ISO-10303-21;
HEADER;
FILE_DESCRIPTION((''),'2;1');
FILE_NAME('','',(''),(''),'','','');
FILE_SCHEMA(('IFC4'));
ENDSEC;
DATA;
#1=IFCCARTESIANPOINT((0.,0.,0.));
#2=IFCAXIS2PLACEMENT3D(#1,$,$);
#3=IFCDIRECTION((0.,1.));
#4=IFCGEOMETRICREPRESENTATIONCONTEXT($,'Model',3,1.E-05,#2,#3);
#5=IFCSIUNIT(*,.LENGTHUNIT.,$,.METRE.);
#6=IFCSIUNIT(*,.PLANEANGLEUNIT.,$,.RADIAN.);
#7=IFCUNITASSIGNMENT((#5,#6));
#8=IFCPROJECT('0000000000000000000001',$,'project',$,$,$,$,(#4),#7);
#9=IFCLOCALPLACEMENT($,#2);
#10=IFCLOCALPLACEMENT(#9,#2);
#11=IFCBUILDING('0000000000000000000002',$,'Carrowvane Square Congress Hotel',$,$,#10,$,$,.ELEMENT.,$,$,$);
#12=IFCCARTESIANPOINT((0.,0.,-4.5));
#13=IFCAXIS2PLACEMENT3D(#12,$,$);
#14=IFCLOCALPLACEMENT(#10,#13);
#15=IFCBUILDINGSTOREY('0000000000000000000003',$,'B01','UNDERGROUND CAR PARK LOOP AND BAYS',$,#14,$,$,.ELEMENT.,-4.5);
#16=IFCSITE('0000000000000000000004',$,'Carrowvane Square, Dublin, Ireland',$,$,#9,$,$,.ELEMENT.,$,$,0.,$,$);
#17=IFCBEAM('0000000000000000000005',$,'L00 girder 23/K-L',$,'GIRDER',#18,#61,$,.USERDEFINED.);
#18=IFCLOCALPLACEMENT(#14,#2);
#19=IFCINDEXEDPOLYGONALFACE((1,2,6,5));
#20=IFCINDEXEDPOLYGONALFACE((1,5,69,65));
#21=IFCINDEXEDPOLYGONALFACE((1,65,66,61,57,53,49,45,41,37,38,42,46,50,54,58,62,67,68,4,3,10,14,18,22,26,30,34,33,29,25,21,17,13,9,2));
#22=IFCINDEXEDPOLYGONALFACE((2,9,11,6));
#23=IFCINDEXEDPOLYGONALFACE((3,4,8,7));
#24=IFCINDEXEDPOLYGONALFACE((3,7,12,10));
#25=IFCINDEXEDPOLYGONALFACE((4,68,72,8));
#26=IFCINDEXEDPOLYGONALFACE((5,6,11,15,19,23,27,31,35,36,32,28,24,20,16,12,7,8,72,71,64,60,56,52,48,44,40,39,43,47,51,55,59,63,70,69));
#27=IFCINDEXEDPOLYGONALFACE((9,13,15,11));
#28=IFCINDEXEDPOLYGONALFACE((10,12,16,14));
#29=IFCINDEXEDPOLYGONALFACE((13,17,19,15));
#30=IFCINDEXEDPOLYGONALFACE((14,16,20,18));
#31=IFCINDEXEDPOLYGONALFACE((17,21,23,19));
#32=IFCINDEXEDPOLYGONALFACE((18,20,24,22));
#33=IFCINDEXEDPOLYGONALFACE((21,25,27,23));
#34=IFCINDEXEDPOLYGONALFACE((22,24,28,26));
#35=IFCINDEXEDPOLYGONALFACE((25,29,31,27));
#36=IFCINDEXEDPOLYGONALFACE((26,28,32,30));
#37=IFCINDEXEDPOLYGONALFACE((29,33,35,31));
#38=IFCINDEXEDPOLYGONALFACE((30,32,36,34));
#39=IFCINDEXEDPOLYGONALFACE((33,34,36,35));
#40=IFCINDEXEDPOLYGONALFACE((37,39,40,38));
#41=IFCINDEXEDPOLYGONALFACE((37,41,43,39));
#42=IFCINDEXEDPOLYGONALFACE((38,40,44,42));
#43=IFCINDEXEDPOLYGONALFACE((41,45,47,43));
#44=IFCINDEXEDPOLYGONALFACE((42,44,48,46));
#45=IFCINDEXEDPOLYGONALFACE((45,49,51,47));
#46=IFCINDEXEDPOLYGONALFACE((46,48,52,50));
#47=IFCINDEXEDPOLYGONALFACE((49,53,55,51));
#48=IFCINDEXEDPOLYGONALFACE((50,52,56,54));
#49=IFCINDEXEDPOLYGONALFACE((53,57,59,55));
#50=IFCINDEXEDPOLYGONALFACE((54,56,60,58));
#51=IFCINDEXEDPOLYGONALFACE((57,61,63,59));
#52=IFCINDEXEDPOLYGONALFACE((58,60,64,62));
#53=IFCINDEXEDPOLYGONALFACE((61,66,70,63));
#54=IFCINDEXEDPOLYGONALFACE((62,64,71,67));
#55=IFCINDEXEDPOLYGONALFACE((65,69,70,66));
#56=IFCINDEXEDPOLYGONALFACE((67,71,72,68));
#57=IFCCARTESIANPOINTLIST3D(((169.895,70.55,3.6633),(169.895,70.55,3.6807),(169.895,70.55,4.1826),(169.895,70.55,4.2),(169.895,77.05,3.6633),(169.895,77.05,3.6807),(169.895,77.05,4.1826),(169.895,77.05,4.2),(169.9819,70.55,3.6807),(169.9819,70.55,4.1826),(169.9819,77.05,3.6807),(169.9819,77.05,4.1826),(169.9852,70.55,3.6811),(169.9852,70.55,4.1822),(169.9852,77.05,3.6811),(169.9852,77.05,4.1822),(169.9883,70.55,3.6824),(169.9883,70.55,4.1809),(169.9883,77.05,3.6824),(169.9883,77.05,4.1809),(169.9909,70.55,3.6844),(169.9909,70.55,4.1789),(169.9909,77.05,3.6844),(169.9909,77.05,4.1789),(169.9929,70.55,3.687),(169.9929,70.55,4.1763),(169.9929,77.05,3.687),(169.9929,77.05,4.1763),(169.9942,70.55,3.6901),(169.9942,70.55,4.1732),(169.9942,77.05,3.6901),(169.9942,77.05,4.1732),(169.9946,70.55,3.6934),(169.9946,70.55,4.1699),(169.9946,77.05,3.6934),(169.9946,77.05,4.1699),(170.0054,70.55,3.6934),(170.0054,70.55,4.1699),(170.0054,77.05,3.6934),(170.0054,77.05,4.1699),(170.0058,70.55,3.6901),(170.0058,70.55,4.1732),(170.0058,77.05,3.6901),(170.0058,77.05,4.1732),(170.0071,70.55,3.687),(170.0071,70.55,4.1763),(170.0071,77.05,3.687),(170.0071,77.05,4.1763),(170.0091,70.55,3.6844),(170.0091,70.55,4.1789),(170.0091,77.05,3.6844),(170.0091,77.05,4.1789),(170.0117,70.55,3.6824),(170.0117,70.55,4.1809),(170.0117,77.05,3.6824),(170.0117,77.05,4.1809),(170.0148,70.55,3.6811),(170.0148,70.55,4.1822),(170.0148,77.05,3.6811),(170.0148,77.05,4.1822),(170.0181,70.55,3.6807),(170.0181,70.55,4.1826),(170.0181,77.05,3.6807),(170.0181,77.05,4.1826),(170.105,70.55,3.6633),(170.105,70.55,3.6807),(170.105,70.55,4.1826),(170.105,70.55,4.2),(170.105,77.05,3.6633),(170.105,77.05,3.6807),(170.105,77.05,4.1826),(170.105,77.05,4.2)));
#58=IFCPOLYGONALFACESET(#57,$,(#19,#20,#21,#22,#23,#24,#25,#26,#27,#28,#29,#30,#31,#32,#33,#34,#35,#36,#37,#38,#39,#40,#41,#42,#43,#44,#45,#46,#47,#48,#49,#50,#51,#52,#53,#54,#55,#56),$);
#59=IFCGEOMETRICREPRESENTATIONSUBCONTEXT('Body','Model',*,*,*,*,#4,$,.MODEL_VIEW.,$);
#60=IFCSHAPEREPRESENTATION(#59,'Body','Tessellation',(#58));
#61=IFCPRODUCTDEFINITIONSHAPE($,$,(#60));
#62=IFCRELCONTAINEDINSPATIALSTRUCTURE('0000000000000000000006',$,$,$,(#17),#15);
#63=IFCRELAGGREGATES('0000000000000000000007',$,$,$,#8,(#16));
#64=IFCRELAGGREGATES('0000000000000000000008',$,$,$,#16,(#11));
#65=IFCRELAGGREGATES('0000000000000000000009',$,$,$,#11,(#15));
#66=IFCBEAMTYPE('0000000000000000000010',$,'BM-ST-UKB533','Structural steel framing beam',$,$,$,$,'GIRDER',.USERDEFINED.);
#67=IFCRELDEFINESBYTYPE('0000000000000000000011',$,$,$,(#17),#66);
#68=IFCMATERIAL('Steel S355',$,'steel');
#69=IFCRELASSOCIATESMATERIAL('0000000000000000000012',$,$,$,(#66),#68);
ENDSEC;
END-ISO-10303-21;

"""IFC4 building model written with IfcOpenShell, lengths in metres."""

from ifc_helpers import new_model, si_unit, direction, frame, origin, origin_2d, place, context, subcontext, project, spatial, i_section, extrude, material, material_profile, profile_set, type_object, element, save


model = new_model("IFC4")

# Units and contexts
model_context = context("Model", 3, precision=1e-05, world=origin(), true_north=direction((0.0, 1.0)))
body_context = subcontext(model_context, "Body", "Model", "MODEL_VIEW")
ifc_project = project(units=[si_unit("LENGTHUNIT", "METRE"), si_unit("PLANEANGLEUNIT", "RADIAN")], contexts=[model_context])

# Site, building, storey
site_placement = place(None, origin())
site = spatial("IfcSite", under=ifc_project, at=site_placement, Name="Carrowvane Square, Dublin, Ireland", CompositionType="ELEMENT", RefElevation=0.0)
building_placement = place(site_placement, origin())
building = spatial("IfcBuilding", under=site, at=building_placement, Name="Carrowvane Square Congress Hotel", CompositionType="ELEMENT")
storey_placement = place(building_placement, frame((0.0, 0.0, -4.5)))
storey = spatial("IfcBuildingStorey", under=building, at=storey_placement, Name="B01", Description="UNDERGROUND CAR PARK LOOP AND BAYS", CompositionType="ELEMENT", Elevation=-4.5)

# Beam
ifc_material_1 = material(Name="Steel S355", Category="steel")
ifc_material_profile_1 = material_profile(ifc_material_1, i_section(OverallWidth=0.21, OverallDepth=0.5366, WebThickness=0.0107, FlangeThickness=0.0173, FilletRadius=0.0127, at=origin_2d()), Name="UKB 533x210x101")
ifc_profile_set_1 = profile_set([ifc_material_profile_1], Name="Steel S355")
beam_type_1 = type_object("IfcBeamType", Name="BM-ST-UKB533", Description="Structural steel framing beam", ElementType="GIRDER", PredefinedType="USERDEFINED", material=ifc_profile_set_1)
beam_placement = place(storey_placement, frame((170.0, 70.55, 3.9316), z_axis=(0.0, 1.0, 0.0), x_axis=(-1.0, 0.0, 0.0)))
element("IfcBeam", 1, at=beam_placement, inside=storey, type_object=beam_type_1, Name="L00 girder 23/K-L", ObjectType="GIRDER", PredefinedType="USERDEFINED", context=body_context, shape_type="SweptSolid", body=[
    extrude(i_section(OverallWidth=0.21, OverallDepth=0.5366, WebThickness=0.0107, FlangeThickness=0.0173, FilletRadius=0.0127, at=origin_2d()), origin(), (0.0, 0.0, 1.0), 6.5),
])

save(model, "model.ifc")
